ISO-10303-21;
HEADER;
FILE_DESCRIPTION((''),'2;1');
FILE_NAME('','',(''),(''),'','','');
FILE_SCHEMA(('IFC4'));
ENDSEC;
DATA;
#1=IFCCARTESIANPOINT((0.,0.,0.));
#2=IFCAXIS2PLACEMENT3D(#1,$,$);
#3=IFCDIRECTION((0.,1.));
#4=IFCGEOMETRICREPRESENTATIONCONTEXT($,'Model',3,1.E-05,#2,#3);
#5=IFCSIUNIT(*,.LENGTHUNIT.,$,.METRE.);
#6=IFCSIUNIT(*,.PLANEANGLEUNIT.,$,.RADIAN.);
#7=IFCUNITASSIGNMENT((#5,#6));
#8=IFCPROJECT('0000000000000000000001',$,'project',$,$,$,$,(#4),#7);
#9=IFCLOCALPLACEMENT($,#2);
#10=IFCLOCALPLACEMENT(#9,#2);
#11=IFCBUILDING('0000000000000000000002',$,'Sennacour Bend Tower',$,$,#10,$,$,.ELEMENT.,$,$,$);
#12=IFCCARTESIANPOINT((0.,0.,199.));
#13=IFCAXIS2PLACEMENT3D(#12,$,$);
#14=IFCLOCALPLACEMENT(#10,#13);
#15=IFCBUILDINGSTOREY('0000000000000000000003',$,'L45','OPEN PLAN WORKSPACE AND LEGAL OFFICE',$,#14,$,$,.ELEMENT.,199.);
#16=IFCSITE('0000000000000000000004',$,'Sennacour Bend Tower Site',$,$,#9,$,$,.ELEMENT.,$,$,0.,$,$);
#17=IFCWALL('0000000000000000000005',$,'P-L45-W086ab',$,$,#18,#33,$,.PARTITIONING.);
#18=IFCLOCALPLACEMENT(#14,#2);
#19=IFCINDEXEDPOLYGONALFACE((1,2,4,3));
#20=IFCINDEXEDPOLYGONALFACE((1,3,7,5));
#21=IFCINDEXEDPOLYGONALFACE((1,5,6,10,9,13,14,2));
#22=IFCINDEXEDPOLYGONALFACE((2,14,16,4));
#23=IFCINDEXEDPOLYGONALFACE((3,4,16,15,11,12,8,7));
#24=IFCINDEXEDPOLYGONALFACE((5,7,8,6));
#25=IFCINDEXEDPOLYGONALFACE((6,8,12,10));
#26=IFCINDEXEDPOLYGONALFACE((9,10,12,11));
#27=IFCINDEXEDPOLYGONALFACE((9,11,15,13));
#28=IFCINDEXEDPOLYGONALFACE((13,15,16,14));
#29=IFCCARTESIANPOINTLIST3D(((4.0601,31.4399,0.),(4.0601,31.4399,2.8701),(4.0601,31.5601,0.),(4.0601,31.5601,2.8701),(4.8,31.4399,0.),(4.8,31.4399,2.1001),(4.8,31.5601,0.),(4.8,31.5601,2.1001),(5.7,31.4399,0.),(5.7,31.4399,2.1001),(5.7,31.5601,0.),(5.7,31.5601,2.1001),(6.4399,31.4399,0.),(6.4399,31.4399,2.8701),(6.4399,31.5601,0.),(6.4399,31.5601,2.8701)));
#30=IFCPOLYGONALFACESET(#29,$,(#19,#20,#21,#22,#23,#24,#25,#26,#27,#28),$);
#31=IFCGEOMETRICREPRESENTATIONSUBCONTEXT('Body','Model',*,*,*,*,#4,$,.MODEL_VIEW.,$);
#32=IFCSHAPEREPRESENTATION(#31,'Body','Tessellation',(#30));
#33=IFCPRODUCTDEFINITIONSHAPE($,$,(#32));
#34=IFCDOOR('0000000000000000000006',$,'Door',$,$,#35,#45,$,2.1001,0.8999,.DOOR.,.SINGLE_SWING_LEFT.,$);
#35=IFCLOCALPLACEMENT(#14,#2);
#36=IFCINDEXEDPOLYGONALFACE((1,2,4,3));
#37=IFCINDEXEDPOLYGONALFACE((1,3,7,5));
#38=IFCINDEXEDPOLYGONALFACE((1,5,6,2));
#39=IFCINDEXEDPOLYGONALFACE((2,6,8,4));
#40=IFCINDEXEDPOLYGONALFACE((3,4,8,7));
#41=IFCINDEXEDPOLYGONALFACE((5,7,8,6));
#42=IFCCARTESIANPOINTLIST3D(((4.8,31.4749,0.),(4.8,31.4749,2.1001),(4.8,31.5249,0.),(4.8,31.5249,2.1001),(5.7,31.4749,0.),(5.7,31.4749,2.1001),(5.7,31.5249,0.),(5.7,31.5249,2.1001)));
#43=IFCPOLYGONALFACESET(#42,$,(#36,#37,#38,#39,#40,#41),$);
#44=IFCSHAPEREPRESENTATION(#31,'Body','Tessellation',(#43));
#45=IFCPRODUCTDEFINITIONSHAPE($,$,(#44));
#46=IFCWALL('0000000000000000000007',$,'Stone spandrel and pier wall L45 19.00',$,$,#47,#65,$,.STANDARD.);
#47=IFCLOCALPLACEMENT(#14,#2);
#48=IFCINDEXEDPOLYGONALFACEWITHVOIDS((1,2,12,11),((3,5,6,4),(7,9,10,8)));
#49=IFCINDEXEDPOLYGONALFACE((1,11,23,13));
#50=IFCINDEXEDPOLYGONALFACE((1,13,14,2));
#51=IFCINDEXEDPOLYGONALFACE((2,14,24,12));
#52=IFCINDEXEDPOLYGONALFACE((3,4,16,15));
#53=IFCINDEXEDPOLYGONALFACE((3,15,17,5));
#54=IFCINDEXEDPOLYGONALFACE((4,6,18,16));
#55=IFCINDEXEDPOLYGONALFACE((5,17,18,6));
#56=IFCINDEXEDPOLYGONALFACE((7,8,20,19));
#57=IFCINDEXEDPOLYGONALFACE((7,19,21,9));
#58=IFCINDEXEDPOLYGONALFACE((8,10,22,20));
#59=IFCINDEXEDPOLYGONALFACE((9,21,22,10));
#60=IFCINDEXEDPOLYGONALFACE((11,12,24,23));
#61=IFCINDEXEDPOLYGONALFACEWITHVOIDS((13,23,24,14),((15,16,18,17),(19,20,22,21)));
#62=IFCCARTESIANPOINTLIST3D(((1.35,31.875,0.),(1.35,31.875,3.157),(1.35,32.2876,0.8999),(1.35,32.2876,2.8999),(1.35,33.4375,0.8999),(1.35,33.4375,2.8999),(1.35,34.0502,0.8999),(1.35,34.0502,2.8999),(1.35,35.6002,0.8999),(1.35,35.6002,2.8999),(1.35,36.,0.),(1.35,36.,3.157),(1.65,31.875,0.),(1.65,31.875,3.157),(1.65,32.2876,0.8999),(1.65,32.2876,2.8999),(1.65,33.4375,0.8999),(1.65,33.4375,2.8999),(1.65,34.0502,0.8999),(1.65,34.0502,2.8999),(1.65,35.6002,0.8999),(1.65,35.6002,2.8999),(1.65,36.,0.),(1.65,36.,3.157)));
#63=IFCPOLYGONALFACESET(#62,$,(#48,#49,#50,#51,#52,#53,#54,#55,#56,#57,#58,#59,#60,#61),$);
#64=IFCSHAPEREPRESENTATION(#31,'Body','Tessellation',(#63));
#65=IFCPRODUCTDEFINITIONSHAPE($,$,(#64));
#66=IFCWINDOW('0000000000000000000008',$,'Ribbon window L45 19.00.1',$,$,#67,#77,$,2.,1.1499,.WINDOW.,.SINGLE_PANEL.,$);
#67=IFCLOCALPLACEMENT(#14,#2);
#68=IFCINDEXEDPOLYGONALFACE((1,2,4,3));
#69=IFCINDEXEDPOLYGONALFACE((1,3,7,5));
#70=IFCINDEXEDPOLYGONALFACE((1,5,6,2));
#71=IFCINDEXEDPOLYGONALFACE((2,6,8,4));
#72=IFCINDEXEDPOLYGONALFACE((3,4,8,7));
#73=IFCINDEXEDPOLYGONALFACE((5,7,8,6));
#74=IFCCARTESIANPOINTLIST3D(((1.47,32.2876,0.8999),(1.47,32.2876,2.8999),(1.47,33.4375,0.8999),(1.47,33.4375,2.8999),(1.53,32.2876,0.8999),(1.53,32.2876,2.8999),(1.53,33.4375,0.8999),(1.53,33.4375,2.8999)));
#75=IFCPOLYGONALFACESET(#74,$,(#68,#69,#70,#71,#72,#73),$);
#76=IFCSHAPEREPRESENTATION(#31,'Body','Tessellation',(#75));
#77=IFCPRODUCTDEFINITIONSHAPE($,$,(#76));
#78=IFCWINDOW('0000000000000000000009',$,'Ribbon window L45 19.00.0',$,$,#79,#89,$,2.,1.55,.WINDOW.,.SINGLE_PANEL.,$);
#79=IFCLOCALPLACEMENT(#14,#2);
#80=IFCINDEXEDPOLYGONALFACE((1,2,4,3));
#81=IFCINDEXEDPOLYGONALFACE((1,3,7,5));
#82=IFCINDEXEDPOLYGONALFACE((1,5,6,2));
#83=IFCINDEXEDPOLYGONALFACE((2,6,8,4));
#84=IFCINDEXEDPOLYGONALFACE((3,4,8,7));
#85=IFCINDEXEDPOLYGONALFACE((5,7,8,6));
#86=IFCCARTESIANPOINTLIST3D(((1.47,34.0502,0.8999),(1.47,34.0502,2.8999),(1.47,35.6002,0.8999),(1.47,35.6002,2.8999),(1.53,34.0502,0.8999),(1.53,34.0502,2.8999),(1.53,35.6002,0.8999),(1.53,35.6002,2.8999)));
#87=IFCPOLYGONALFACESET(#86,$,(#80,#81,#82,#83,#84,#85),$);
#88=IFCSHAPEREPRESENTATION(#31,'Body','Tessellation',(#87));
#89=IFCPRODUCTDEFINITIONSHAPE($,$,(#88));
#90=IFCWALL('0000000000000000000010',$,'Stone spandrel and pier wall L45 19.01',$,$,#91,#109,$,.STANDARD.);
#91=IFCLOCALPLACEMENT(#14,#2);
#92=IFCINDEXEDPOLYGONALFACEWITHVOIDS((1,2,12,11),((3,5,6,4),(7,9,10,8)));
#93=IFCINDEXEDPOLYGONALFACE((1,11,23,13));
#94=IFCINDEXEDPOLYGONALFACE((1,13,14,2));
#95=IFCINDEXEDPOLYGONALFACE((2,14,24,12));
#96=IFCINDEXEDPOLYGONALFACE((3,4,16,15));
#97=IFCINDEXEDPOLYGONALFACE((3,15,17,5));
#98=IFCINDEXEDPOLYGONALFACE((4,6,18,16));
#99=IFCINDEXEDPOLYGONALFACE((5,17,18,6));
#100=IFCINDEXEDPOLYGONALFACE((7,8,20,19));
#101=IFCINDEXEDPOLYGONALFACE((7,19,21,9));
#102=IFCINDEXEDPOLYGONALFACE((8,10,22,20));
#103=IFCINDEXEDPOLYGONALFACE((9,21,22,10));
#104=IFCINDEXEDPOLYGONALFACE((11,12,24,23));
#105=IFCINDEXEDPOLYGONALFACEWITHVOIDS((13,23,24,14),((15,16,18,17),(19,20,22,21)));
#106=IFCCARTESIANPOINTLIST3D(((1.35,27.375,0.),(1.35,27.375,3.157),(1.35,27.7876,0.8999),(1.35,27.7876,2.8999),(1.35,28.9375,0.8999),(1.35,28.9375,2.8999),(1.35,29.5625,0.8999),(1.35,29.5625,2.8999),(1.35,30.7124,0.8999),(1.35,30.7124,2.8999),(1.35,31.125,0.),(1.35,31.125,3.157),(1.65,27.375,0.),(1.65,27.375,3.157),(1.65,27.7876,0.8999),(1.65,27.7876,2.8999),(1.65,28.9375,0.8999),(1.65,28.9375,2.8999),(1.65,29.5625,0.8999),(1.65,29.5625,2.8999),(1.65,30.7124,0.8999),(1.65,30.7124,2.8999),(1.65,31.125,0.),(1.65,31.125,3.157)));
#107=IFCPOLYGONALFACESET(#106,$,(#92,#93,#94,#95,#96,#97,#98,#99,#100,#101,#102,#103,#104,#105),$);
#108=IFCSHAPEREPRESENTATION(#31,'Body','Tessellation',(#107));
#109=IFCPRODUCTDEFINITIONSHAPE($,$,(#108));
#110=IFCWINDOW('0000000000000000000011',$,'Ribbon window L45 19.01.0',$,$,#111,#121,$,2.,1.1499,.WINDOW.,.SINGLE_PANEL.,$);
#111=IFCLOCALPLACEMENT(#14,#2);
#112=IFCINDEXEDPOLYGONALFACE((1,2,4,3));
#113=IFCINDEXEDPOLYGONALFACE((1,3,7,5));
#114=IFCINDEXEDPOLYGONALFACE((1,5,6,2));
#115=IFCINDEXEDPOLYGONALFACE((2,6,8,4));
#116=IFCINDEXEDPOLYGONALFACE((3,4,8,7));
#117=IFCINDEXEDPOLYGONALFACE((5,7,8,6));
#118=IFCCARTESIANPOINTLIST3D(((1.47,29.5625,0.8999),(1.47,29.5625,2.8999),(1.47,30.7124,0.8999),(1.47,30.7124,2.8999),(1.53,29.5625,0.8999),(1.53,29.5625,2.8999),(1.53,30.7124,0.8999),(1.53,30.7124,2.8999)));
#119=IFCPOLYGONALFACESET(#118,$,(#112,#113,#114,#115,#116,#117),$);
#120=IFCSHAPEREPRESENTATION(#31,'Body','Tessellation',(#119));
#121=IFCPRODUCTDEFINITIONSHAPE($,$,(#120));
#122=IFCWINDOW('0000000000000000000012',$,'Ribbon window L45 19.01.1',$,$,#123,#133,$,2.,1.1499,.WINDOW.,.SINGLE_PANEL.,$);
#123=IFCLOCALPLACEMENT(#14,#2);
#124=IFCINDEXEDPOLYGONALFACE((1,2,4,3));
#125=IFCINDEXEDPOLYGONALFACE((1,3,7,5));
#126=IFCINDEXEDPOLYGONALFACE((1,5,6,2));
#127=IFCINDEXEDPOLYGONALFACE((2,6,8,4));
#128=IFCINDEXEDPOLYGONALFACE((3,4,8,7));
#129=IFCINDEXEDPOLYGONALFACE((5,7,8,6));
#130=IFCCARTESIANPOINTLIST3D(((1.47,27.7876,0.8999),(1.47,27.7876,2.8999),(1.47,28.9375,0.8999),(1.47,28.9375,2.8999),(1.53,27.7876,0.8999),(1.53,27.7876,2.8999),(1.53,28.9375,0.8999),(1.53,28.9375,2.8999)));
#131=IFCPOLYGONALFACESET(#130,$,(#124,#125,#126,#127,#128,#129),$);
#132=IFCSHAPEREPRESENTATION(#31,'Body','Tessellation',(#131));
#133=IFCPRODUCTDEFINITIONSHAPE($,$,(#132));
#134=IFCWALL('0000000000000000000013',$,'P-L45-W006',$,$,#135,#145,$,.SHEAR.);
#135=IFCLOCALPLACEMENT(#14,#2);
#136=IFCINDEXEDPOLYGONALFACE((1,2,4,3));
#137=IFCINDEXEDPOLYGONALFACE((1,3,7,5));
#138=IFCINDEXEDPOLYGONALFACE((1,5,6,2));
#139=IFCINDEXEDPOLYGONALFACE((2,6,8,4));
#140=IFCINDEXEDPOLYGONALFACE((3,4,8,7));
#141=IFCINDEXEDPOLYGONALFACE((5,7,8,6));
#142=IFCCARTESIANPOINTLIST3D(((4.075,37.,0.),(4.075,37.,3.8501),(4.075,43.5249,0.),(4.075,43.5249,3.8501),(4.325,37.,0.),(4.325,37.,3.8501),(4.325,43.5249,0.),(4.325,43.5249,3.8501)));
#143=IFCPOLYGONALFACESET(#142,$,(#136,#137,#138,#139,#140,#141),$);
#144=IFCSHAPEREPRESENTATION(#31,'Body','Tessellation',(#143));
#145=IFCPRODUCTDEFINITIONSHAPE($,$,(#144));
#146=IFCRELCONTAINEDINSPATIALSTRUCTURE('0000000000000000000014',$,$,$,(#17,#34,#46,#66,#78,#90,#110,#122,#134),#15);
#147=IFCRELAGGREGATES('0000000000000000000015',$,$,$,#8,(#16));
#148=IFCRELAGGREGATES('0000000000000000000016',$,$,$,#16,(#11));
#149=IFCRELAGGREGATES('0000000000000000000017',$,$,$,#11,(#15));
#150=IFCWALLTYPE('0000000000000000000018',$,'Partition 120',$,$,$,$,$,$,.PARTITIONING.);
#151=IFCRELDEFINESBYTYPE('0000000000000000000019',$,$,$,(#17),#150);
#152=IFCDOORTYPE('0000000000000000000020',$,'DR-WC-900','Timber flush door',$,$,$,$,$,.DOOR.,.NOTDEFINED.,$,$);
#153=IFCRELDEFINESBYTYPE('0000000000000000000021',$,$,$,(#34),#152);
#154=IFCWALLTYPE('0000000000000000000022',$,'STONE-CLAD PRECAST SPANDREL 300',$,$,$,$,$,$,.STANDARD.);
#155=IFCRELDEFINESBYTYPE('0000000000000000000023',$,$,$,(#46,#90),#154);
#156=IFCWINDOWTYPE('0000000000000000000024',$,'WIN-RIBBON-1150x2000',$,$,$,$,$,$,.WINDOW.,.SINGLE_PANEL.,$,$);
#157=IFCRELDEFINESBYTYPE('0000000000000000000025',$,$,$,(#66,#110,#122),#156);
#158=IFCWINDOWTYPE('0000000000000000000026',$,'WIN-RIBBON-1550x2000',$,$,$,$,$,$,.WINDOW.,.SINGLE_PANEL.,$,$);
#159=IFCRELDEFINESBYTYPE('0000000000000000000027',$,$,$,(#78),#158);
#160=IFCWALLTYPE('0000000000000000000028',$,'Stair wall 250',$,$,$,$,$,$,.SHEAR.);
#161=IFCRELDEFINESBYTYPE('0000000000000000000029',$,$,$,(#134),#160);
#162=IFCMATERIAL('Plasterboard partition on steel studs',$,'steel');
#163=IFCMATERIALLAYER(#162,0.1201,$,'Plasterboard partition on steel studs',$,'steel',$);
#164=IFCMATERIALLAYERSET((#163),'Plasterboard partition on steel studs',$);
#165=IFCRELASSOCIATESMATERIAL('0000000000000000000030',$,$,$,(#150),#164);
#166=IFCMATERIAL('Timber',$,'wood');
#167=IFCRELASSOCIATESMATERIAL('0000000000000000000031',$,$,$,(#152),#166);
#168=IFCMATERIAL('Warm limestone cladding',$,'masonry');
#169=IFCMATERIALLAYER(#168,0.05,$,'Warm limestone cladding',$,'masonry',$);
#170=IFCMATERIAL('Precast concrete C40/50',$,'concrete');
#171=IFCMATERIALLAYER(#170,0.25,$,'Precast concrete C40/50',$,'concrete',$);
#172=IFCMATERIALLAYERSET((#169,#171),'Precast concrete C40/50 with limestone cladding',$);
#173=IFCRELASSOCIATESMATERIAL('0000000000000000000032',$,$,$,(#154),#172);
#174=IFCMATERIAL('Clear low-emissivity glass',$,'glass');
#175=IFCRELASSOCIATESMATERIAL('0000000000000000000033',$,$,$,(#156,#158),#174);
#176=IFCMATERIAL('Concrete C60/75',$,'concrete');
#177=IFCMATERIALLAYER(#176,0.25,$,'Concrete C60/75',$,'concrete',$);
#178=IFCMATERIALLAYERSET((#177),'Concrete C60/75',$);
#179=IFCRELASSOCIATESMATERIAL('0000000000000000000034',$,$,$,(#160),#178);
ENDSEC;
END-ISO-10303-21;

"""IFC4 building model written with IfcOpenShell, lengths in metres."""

from ifc_helpers import new_model, si_unit, direction, frame, frame_2d, origin, place, context, subcontext, project, spatial, rectangle, extrude, material, layer, layer_set, type_object, element, fill, save


model = new_model("IFC4")

# Units and contexts
model_context = context("Model", 3, precision=1e-05, world=origin(), true_north=direction((0.0, 1.0)))
body_context = subcontext(model_context, "Body", "Model", "MODEL_VIEW")
ifc_project = project(units=[si_unit("LENGTHUNIT", "METRE"), si_unit("PLANEANGLEUNIT", "RADIAN")], contexts=[model_context])

# Site, building, storey
site_placement = place(None, origin())
site = spatial("IfcSite", under=ifc_project, at=site_placement, Name="Sennacour Bend Tower Site", CompositionType="ELEMENT", RefElevation=0.0)
building_placement = place(site_placement, origin())
building = spatial("IfcBuilding", under=site, at=building_placement, Name="Sennacour Bend Tower", CompositionType="ELEMENT")
storey_placement = place(building_placement, frame((0.0, 0.0, 199.0)))
storey = spatial("IfcBuildingStorey", under=building, at=storey_placement, Name="L45", Description="OPEN PLAN WORKSPACE AND LEGAL OFFICE", CompositionType="ELEMENT", Elevation=199.0)

# Shared definitions
ifc_material_1 = material(Name="Concrete C60/75", Category="concrete")

# Shared definitions
ifc_material_2 = material(Name="Plasterboard partition on steel studs", Category="steel")
ifc_layer_1 = layer(ifc_material_2, 0.1201, Name="Plasterboard partition on steel studs", Category="steel")
ifc_layer_set_1 = layer_set([ifc_layer_1], Name="Plasterboard partition on steel studs")
wall_type_1 = type_object("IfcWallType", Name="Partition 120", PredefinedType="PARTITIONING", material=ifc_layer_set_1)

# Wall, opening, door
ifc_material_3 = material(Name="Timber", Category="wood")
door_type_1 = type_object("IfcDoorType", Name="DR-WC-900", Description="Timber flush door", OperationType="NOTDEFINED", PredefinedType="DOOR", material=ifc_material_3)
wall_1_placement = place(storey_placement, frame((4.0601, 31.5, 0.0), z_axis=(0.0, 0.0, 1.0), x_axis=(1.0, 0.0, 0.0)))
wall_1 = element("IfcWall", 1, at=wall_1_placement, inside=storey, type_object=wall_type_1, Name="P-L45-W086ab", PredefinedType="PARTITIONING", context=body_context, shape_type="SweptSolid", body=[
    extrude(rectangle(XDim=2.3799, YDim=0.1201, at=frame_2d((1.1899, 0.0))), origin(), (0.0, 0.0, 1.0), 2.8701),
])
opening_1_placement = place(wall_1_placement, frame((0.74, 0.0, 0.0)))
opening_1 = element("IfcOpeningElement", 2, at=opening_1_placement, cuts=wall_1, PredefinedType="OPENING", context=body_context, shape_type="SweptSolid", body=[
    extrude(rectangle(XDim=0.8999, YDim=2.1001, at=frame_2d((0.45, 1.05))), frame((0.0, 0.0701, 0.0), z_axis=(0.0, -1.0, 0.0), x_axis=(1.0, 0.0, 0.0)), (0.0, 0.0, 1.0), 0.1401),
])
door_1_placement = place(opening_1_placement, origin())
door_1 = element("IfcDoor", 3, at=door_1_placement, inside=storey, type_object=door_type_1, Name="Door", OperationType="SINGLE_SWING_LEFT", OverallHeight=2.1001, OverallWidth=0.8999, PredefinedType="DOOR", context=body_context, shape_type="SweptSolid", body=[
    extrude(rectangle(XDim=0.8999, YDim=2.1001, at=frame_2d((0.45, 1.05))), frame((0.0, 0.0249, 0.0), z_axis=(0.0, -1.0, 0.0), x_axis=(1.0, 0.0, 0.0)), (0.0, 0.0, 1.0), 0.05),
])
fill(opening_1, door_1)

# Walls, openings, windows
ifc_material_4 = material(Name="Warm limestone cladding", Category="masonry")
ifc_layer_2 = layer(ifc_material_4, 0.05, Name="Warm limestone cladding", Category="masonry")
ifc_material_5 = material(Name="Precast concrete C40/50", Category="concrete")
ifc_layer_3 = layer(ifc_material_5, 0.25, Name="Precast concrete C40/50", Category="concrete")
ifc_layer_set_2 = layer_set([ifc_layer_2, ifc_layer_3], Name="Precast concrete C40/50 with limestone cladding")
wall_type_2 = type_object("IfcWallType", Name="STONE-CLAD PRECAST SPANDREL 300", PredefinedType="STANDARD", material=ifc_layer_set_2)
wall_2_placement = place(storey_placement, frame((1.5, 36.0, 0.0), z_axis=(0.0, 0.0, 1.0), x_axis=(0.0, -1.0, 0.0)))
wall_2 = element("IfcWall", 4, at=wall_2_placement, inside=storey, type_object=wall_type_2, Name="Stone spandrel and pier wall L45 19.00", PredefinedType="STANDARD", context=body_context, shape_type="SweptSolid", body=[
    extrude(rectangle(XDim=4.125, YDim=0.3, at=frame_2d((2.0625, 0.0))), origin(), (0.0, 0.0, 1.0), 3.157),
])
opening_2_placement = place(wall_2_placement, frame((0.3999, 0.0, 0.8999)))
opening_2 = element("IfcOpeningElement", 5, at=opening_2_placement, cuts=wall_2, PredefinedType="OPENING", context=body_context, shape_type="SweptSolid", body=[
    extrude(rectangle(XDim=1.55, YDim=2.0, at=frame_2d((0.7749, 1.0))), frame((0.0, 0.1602, 0.0), z_axis=(0.0, -1.0, 0.0), x_axis=(1.0, 0.0, 0.0)), (0.0, 0.0, 1.0), 0.3201),
])
opening_3_placement = place(wall_2_placement, frame((2.5625, 0.0, 0.8999)))
opening_3 = element("IfcOpeningElement", 6, at=opening_3_placement, cuts=wall_2, PredefinedType="OPENING", context=body_context, shape_type="SweptSolid", body=[
    extrude(rectangle(XDim=1.1499, YDim=2.0, at=frame_2d((0.575, 1.0))), frame((0.0, 0.1602, 0.0), z_axis=(0.0, -1.0, 0.0), x_axis=(1.0, 0.0, 0.0)), (0.0, 0.0, 1.0), 0.3201),
])
ifc_material_6 = material(Name="Clear low-emissivity glass", Category="glass")
window_type_1 = type_object("IfcWindowType", Name="WIN-RIBBON-1150x2000", PartitioningType="SINGLE_PANEL", PredefinedType="WINDOW", material=ifc_material_6)
window_1_placement = place(opening_3_placement, origin())
window_1 = element("IfcWindow", 7, at=window_1_placement, inside=storey, type_object=window_type_1, Name="Ribbon window L45 19.00.1", OverallHeight=2.0, OverallWidth=1.1499, PartitioningType="SINGLE_PANEL", PredefinedType="WINDOW", context=body_context, shape_type="SweptSolid", body=[
    extrude(rectangle(XDim=1.1499, YDim=2.0, at=frame_2d((0.575, 1.0))), frame((0.0, 0.03, 0.0), z_axis=(0.0, -1.0, 0.0), x_axis=(1.0, 0.0, 0.0)), (0.0, 0.0, 1.0), 0.0601),
])
fill(opening_3, window_1)
window_type_2 = type_object("IfcWindowType", Name="WIN-RIBBON-1550x2000", PartitioningType="SINGLE_PANEL", PredefinedType="WINDOW", material=ifc_material_6)
window_2_placement = place(opening_2_placement, origin())
window_2 = element("IfcWindow", 8, at=window_2_placement, inside=storey, type_object=window_type_2, Name="Ribbon window L45 19.00.0", OverallHeight=2.0, OverallWidth=1.55, PartitioningType="SINGLE_PANEL", PredefinedType="WINDOW", context=body_context, shape_type="SweptSolid", body=[
    extrude(rectangle(XDim=1.55, YDim=2.0, at=frame_2d((0.7749, 1.0))), frame((0.0, 0.03, 0.0), z_axis=(0.0, -1.0, 0.0), x_axis=(1.0, 0.0, 0.0)), (0.0, 0.0, 1.0), 0.0601),
])
fill(opening_2, window_2)
wall_3_placement = place(storey_placement, frame((1.5, 31.125, 0.0), z_axis=(0.0, 0.0, 1.0), x_axis=(0.0, -1.0, 0.0)))
wall_3 = element("IfcWall", 9, at=wall_3_placement, inside=storey, type_object=wall_type_2, Name="Stone spandrel and pier wall L45 19.01", PredefinedType="STANDARD", context=body_context, shape_type="SweptSolid", body=[
    extrude(rectangle(XDim=3.75, YDim=0.3, at=frame_2d((1.875, 0.0))), origin(), (0.0, 0.0, 1.0), 3.157),
])
opening_4_placement = place(wall_3_placement, frame((0.4126, 0.0, 0.8999)))
opening_4 = element("IfcOpeningElement", 10, at=opening_4_placement, cuts=wall_3, PredefinedType="OPENING", context=body_context, shape_type="SweptSolid", body=[
    extrude(rectangle(XDim=1.1499, YDim=2.0, at=frame_2d((0.575, 1.0))), frame((0.0, 0.1602, 0.0), z_axis=(0.0, -1.0, 0.0), x_axis=(1.0, 0.0, 0.0)), (0.0, 0.0, 1.0), 0.3201),
])
opening_5_placement = place(wall_3_placement, frame((2.1875, 0.0, 0.8999)))
opening_5 = element("IfcOpeningElement", 11, at=opening_5_placement, cuts=wall_3, PredefinedType="OPENING", context=body_context, shape_type="SweptSolid", body=[
    extrude(rectangle(XDim=1.1499, YDim=2.0, at=frame_2d((0.575, 1.0))), frame((0.0, 0.1602, 0.0), z_axis=(0.0, -1.0, 0.0), x_axis=(1.0, 0.0, 0.0)), (0.0, 0.0, 1.0), 0.3201),
])
window_3_placement = place(opening_4_placement, origin())
window_3 = element("IfcWindow", 12, at=window_3_placement, inside=storey, type_object=window_type_1, Name="Ribbon window L45 19.01.0", OverallHeight=2.0, OverallWidth=1.1499, PartitioningType="SINGLE_PANEL", PredefinedType="WINDOW", context=body_context, shape_type="SweptSolid", body=[
    extrude(rectangle(XDim=1.1499, YDim=2.0, at=frame_2d((0.575, 1.0))), frame((0.0, 0.03, 0.0), z_axis=(0.0, -1.0, 0.0), x_axis=(1.0, 0.0, 0.0)), (0.0, 0.0, 1.0), 0.0601),
])
fill(opening_4, window_3)
window_4_placement = place(opening_5_placement, origin())
window_4 = element("IfcWindow", 13, at=window_4_placement, inside=storey, type_object=window_type_1, Name="Ribbon window L45 19.01.1", OverallHeight=2.0, OverallWidth=1.1499, PartitioningType="SINGLE_PANEL", PredefinedType="WINDOW", context=body_context, shape_type="SweptSolid", body=[
    extrude(rectangle(XDim=1.1499, YDim=2.0, at=frame_2d((0.575, 1.0))), frame((0.0, 0.03, 0.0), z_axis=(0.0, -1.0, 0.0), x_axis=(1.0, 0.0, 0.0)), (0.0, 0.0, 1.0), 0.0601),
])
fill(opening_5, window_4)

# Wall
ifc_layer_4 = layer(ifc_material_1, 0.25, Name="Concrete C60/75", Category="concrete")
ifc_layer_set_3 = layer_set([ifc_layer_4], Name="Concrete C60/75")
wall_type_3 = type_object("IfcWallType", Name="Stair wall 250", PredefinedType="SHEAR", material=ifc_layer_set_3)
wall_4_placement = place(storey_placement, frame((4.2, 37.0, 0.0), z_axis=(0.0, 0.0, 1.0), x_axis=(0.0, 1.0, 0.0)))
element("IfcWall", 14, at=wall_4_placement, inside=storey, type_object=wall_type_3, Name="P-L45-W006", PredefinedType="SHEAR", context=body_context, shape_type="SweptSolid", body=[
    extrude(rectangle(XDim=6.5249, YDim=0.25, at=frame_2d((3.2625, 0.0))), origin(), (0.0, 0.0, 1.0), 3.8501),
])

save(model, "model.ifc")
